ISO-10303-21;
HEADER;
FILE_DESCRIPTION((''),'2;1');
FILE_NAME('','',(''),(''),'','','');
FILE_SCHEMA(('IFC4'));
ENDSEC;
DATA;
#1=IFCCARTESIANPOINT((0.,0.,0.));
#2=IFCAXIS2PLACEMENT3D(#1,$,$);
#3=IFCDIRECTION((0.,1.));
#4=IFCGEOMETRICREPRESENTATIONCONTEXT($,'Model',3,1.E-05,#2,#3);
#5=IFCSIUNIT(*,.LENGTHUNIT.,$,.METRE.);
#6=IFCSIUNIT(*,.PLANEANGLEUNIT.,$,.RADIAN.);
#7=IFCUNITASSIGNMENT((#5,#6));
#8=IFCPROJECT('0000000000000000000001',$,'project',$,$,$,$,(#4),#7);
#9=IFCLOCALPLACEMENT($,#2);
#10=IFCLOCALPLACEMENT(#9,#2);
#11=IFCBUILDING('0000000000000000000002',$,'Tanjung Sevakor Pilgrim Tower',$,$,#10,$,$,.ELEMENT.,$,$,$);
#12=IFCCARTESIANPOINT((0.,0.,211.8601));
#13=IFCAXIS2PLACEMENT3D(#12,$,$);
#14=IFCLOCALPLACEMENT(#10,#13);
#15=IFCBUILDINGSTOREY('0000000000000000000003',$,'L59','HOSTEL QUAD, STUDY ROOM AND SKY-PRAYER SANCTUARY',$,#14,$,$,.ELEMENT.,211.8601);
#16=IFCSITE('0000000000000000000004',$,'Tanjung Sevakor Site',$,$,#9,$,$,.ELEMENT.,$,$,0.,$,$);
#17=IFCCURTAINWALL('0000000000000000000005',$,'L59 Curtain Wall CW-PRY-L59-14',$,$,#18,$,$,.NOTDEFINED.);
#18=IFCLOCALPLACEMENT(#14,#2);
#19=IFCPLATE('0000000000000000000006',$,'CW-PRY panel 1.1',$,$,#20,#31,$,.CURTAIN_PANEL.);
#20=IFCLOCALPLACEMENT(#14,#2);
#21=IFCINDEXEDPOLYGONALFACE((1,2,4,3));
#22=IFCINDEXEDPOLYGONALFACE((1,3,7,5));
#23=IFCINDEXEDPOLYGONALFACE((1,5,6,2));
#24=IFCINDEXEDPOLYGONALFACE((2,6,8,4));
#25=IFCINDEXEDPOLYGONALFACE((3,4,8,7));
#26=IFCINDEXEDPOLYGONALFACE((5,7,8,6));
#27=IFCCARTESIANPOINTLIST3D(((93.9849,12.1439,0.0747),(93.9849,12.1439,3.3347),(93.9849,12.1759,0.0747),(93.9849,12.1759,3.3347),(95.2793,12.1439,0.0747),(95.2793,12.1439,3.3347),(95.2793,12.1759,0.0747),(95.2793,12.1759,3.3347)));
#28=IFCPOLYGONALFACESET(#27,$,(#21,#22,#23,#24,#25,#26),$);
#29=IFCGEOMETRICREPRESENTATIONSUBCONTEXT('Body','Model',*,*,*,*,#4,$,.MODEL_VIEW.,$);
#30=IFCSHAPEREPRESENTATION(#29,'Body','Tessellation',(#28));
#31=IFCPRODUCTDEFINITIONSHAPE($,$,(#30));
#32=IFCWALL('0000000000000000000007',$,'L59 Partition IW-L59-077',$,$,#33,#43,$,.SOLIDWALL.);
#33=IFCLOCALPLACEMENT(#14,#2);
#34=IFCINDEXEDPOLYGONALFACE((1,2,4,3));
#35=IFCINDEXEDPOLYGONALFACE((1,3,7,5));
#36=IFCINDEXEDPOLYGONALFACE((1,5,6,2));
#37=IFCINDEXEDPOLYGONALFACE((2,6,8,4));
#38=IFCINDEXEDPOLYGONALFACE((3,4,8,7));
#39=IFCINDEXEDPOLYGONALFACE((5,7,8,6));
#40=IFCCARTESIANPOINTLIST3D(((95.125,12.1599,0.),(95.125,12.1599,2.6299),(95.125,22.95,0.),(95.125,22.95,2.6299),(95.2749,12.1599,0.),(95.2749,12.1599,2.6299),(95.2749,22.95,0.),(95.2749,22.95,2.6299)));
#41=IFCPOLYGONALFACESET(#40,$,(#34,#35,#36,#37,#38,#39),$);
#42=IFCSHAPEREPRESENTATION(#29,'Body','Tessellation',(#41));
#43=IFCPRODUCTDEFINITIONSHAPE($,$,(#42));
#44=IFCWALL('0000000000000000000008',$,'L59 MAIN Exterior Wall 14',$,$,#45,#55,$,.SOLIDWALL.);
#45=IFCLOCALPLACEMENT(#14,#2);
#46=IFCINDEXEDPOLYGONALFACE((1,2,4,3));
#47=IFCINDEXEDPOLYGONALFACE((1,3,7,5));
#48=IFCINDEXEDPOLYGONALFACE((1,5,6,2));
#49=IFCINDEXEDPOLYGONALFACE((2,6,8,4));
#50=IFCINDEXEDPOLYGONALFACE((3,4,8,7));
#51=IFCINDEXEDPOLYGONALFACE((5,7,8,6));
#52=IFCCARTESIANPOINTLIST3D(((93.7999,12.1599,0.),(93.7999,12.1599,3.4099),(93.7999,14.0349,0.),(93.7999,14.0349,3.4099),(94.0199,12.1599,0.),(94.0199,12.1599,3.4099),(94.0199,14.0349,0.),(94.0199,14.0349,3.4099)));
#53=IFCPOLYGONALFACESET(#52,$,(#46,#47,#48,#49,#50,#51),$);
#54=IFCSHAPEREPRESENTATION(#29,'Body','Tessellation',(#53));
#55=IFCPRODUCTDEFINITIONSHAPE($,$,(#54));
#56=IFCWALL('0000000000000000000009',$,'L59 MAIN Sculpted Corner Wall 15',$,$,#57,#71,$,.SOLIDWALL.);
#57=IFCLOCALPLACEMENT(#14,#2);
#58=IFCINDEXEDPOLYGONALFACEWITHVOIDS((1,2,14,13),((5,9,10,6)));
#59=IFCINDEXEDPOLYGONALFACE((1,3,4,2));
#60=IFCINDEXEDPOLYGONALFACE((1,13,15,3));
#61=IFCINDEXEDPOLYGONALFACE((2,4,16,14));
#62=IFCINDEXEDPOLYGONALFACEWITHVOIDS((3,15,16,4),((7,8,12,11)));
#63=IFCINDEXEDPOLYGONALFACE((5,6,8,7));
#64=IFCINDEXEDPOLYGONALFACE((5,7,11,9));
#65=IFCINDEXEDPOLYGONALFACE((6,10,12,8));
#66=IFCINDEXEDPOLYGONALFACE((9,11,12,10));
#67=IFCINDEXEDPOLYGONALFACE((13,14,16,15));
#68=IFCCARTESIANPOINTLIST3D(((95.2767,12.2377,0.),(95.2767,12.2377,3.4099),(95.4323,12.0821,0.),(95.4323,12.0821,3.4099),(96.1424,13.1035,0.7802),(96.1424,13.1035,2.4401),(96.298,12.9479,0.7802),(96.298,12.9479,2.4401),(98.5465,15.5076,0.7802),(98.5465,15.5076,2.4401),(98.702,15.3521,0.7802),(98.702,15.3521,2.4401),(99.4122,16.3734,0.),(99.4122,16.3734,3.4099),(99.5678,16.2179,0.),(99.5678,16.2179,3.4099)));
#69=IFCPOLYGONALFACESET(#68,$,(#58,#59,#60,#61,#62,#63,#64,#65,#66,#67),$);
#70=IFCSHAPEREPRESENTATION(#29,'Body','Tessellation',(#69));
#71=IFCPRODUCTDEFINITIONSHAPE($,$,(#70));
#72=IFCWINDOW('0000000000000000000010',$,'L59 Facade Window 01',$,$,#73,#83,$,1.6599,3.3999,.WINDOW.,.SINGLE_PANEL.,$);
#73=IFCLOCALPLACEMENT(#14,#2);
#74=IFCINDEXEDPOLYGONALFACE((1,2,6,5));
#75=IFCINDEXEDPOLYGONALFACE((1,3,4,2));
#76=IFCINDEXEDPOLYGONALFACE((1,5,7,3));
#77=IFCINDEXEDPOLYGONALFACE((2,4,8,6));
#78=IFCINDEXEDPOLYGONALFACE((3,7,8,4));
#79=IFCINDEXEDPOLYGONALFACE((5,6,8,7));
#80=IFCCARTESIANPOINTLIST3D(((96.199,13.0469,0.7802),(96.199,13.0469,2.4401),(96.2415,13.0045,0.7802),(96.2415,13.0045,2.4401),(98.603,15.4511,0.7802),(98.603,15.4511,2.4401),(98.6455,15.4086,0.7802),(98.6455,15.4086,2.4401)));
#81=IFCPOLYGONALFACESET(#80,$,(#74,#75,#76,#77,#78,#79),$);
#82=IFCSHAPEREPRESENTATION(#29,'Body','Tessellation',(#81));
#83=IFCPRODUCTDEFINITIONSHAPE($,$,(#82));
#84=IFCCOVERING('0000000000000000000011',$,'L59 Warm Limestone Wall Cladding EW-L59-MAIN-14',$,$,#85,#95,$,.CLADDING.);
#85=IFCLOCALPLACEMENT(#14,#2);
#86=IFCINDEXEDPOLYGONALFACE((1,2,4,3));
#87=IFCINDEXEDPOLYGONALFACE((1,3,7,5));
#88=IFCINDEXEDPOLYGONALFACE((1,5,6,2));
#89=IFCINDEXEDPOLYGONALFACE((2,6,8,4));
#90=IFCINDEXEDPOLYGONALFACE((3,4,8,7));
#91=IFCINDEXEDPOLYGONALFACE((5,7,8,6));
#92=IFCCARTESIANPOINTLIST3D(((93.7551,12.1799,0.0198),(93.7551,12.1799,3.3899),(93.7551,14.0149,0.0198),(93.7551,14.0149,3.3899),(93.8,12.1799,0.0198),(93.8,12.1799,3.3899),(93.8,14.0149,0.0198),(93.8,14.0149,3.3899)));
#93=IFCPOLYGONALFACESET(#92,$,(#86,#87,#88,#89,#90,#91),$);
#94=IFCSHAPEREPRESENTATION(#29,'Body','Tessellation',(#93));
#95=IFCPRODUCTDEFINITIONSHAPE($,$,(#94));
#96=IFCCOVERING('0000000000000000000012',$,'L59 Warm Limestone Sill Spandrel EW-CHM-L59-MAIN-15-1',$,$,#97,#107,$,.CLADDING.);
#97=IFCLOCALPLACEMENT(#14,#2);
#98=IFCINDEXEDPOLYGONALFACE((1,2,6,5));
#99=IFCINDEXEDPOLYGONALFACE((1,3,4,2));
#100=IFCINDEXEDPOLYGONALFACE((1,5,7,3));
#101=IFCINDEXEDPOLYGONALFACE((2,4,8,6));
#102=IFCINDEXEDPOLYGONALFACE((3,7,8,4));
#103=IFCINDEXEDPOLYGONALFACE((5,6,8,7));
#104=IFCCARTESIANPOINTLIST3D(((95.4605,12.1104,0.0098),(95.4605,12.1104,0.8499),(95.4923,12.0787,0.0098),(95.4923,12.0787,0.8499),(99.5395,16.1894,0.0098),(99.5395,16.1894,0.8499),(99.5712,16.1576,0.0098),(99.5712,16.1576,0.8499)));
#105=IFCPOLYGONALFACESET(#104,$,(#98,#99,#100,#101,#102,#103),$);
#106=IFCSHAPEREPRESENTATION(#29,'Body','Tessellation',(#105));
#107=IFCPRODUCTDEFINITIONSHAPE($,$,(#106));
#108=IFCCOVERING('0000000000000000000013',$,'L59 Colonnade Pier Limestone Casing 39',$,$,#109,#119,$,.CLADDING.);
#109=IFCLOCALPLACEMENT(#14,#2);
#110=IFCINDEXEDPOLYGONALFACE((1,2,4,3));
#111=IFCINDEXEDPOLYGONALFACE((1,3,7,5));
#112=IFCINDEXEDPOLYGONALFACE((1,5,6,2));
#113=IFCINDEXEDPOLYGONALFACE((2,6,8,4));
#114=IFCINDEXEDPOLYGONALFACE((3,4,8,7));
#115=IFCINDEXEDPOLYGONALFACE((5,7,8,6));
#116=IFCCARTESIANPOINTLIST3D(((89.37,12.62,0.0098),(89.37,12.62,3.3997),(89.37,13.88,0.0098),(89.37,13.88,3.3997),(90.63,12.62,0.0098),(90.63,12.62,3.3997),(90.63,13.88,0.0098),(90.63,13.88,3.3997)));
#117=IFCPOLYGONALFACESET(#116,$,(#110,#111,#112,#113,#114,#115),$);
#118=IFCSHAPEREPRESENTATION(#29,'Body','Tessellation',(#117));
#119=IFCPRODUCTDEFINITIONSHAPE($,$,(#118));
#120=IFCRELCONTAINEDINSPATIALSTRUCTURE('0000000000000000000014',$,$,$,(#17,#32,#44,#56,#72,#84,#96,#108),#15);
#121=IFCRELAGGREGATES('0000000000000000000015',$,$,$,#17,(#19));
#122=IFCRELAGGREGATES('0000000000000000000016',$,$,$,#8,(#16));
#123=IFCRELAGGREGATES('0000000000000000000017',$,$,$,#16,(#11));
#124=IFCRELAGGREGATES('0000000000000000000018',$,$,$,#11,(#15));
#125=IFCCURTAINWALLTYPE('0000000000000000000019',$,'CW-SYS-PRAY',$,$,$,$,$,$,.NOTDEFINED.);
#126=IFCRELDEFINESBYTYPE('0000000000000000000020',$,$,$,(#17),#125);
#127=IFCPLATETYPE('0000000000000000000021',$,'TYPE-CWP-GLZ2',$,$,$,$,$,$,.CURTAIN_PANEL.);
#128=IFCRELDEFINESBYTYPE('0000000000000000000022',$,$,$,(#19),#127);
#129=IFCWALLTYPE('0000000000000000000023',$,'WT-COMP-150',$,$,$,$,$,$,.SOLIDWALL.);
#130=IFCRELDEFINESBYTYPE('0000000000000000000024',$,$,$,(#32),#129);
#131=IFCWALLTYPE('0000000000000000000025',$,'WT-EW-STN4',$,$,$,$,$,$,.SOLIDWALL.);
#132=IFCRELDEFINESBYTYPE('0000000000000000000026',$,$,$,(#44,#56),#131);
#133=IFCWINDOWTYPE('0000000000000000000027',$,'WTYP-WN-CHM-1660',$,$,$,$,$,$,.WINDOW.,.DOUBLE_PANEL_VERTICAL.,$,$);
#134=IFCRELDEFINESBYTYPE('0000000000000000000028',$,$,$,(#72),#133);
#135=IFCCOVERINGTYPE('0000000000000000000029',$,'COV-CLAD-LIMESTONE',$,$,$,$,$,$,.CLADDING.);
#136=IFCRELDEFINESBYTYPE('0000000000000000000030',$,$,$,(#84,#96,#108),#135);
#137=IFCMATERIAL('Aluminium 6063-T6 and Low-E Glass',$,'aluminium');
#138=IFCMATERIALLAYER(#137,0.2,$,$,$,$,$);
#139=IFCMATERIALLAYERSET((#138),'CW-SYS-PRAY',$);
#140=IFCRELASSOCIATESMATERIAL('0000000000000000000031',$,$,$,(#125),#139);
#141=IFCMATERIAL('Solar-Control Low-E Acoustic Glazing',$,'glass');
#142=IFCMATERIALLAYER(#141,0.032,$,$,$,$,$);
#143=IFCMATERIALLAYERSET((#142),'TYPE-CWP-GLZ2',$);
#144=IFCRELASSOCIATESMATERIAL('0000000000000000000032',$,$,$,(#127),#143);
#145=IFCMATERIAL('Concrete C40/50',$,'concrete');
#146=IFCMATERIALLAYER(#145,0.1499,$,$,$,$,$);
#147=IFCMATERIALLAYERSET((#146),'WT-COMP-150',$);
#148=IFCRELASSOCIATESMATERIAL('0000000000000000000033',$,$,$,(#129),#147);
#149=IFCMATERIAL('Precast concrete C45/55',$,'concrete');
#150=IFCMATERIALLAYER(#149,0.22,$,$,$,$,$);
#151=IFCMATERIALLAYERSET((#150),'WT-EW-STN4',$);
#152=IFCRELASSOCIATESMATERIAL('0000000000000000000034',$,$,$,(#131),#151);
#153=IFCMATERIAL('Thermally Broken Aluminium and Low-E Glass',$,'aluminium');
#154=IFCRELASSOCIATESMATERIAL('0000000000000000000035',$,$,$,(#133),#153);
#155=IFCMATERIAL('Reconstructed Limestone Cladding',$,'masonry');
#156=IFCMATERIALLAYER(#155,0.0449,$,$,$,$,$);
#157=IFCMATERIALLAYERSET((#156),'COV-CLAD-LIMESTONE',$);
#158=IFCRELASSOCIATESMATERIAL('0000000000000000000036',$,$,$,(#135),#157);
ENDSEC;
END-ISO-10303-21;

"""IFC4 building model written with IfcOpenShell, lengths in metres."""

from ifc_helpers import new_model, si_unit, direction, frame, frame_2d, origin, origin_2d, place, context, subcontext, project, spatial, rectangle, extrude, material, layer, layer_set, type_object, element, fill, aggregate, save


model = new_model("IFC4")

# Units and contexts
model_context = context("Model", 3, precision=1e-05, world=origin(), true_north=direction((0.0, 1.0)))
body_context = subcontext(model_context, "Body", "Model", "MODEL_VIEW")
ifc_project = project(units=[si_unit("LENGTHUNIT", "METRE"), si_unit("PLANEANGLEUNIT", "RADIAN")], contexts=[model_context])

# Site, building, storey
site_placement = place(None, origin())
site = spatial("IfcSite", under=ifc_project, at=site_placement, Name="Tanjung Sevakor Site", CompositionType="ELEMENT", RefElevation=0.0)
building_placement = place(site_placement, origin())
building = spatial("IfcBuilding", under=site, at=building_placement, Name="Tanjung Sevakor Pilgrim Tower", CompositionType="ELEMENT")
storey_placement = place(building_placement, frame((0.0, 0.0, 211.8601)))
storey = spatial("IfcBuildingStorey", under=building, at=storey_placement, Name="L59", Description="HOSTEL QUAD, STUDY ROOM AND SKY-PRAYER SANCTUARY", CompositionType="ELEMENT", Elevation=211.8601)

# Shared definitions
ifc_material_1 = material(Name="Aluminium 6063-T6 and Low-E Glass", Category="aluminium")
ifc_layer_1 = layer(ifc_material_1, 0.2)
ifc_layer_set_1 = layer_set([ifc_layer_1], Name="CW-SYS-PRAY")
curtain_wall_type = type_object("IfcCurtainWallType", Name="CW-SYS-PRAY", PredefinedType="NOTDEFINED", material=ifc_layer_set_1)

# Curtain wall
curtain_wall_1_placement = place(storey_placement, origin())
curtain_wall_1 = element("IfcCurtainWall", 1, at=curtain_wall_1_placement, inside=storey, type_object=curtain_wall_type, Name="L59 Curtain Wall CW-PRY-L59-14", PredefinedType="NOTDEFINED")

# Plate
ifc_material_2 = material(Name="Solar-Control Low-E Acoustic Glazing", Category="glass")
ifc_layer_2 = layer(ifc_material_2, 0.032)
ifc_layer_set_2 = layer_set([ifc_layer_2], Name="TYPE-CWP-GLZ2")
plate_type = type_object("IfcPlateType", Name="TYPE-CWP-GLZ2", PredefinedType="CURTAIN_PANEL", material=ifc_layer_set_2)
plate_1_placement = place(storey_placement, frame((94.6321, 12.1599, 0.0747), z_axis=(0.0, 0.0, 1.0), x_axis=(1.0, 0.0, 0.0)))
plate_1 = element("IfcPlate", 2, at=plate_1_placement, type_object=plate_type, Name="CW-PRY panel 1.1", PredefinedType="CURTAIN_PANEL", context=body_context, shape_type="SweptSolid", body=[
    extrude(rectangle(XDim=1.2944, YDim=0.032, at=origin_2d()), origin(), (0.0, 0.0, 1.0), 3.26),
])
aggregate(curtain_wall_1, [plate_1])

# Walls
ifc_material_3 = material(Name="Concrete C40/50", Category="concrete")
ifc_layer_3 = layer(ifc_material_3, 0.1499)
ifc_layer_set_3 = layer_set([ifc_layer_3], Name="WT-COMP-150")
wall_type_1 = type_object("IfcWallType", Name="WT-COMP-150", PredefinedType="SOLIDWALL", material=ifc_layer_set_3)
wall_1_placement = place(storey_placement, frame((95.2, 12.1599, 0.0), z_axis=(0.0, 0.0, 1.0), x_axis=(0.0, 1.0, 0.0)))
element("IfcWall", 3, at=wall_1_placement, inside=storey, type_object=wall_type_1, Name="L59 Partition IW-L59-077", PredefinedType="SOLIDWALL", context=body_context, shape_type="SweptSolid", body=[
    extrude(rectangle(XDim=10.79, YDim=0.1499, at=frame_2d((5.395, 0.0))), origin(), (0.0, 0.0, 1.0), 2.6299),
])
ifc_material_4 = material(Name="Precast concrete C45/55", Category="concrete")
ifc_layer_4 = layer(ifc_material_4, 0.22)
ifc_layer_set_4 = layer_set([ifc_layer_4], Name="WT-EW-STN4")
wall_type_2 = type_object("IfcWallType", Name="WT-EW-STN4", PredefinedType="SOLIDWALL", material=ifc_layer_set_4)
wall_2_placement = place(storey_placement, frame((93.9099, 14.0349, 0.0), z_axis=(0.0, 0.0, 1.0), x_axis=(0.0, -1.0, 0.0)))
element("IfcWall", 4, at=wall_2_placement, inside=storey, type_object=wall_type_2, Name="L59 MAIN Exterior Wall 14", PredefinedType="SOLIDWALL", context=body_context, shape_type="SweptSolid", body=[
    extrude(rectangle(XDim=1.875, YDim=0.22, at=frame_2d((0.9375, 0.0))), origin(), (0.0, 0.0, 1.0), 3.4099),
])

# Wall, opening, window
wall_3_placement = place(storey_placement, frame((95.3545, 12.1599, 0.0), z_axis=(0.0, 0.0, 1.0), x_axis=(0.707086, 0.707128, 0.0)))
wall_3 = element("IfcWall", 5, at=wall_3_placement, inside=storey, type_object=wall_type_2, Name="L59 MAIN Sculpted Corner Wall 15", PredefinedType="SOLIDWALL", context=body_context, shape_type="SweptSolid", body=[
    extrude(rectangle(XDim=5.8486, YDim=0.22, at=frame_2d((2.9243, 0.0))), origin(), (0.0, 0.0, 1.0), 3.4099),
])
opening_placement = place(wall_3_placement, frame((1.2244, 0.0, 0.78)))
opening = element("IfcOpeningElement", 6, at=opening_placement, cuts=wall_3, PredefinedType="OPENING", context=body_context, shape_type="SweptSolid", body=[
    extrude(rectangle(XDim=3.3999, YDim=1.6599, at=frame_2d((1.7, 0.8301))), frame((0.0, 0.1199, 0.0), z_axis=(0.0, -1.0, 0.0), x_axis=(1.0, 0.0, 0.0)), (0.0, 0.0, 1.0), 0.24),
])
ifc_material_5 = material(Name="Thermally Broken Aluminium and Low-E Glass", Category="aluminium")
window_type = type_object("IfcWindowType", Name="WTYP-WN-CHM-1660", PartitioningType="DOUBLE_PANEL_VERTICAL", PredefinedType="WINDOW", material=ifc_material_5)
window_placement = place(opening_placement, origin())
window = element("IfcWindow", 7, at=window_placement, inside=storey, type_object=window_type, Name="L59 Facade Window 01", OverallHeight=1.6599, OverallWidth=3.3999, PartitioningType="SINGLE_PANEL", PredefinedType="WINDOW", context=body_context, shape_type="SweptSolid", body=[
    extrude(rectangle(XDim=3.3999, YDim=1.6599, at=frame_2d((1.7, 0.8301))), frame((0.0, 0.03, 0.0), z_axis=(0.0, -1.0, 0.0), x_axis=(1.0, 0.0, 0.0)), (0.0, 0.0, 1.0), 0.0601),
])
fill(opening, window)

# Coverings
ifc_material_6 = material(Name="Reconstructed Limestone Cladding", Category="masonry")
ifc_layer_5 = layer(ifc_material_6, 0.0449)
ifc_layer_set_5 = layer_set([ifc_layer_5], Name="COV-CLAD-LIMESTONE")
covering_type = type_object("IfcCoveringType", Name="COV-CLAD-LIMESTONE", PredefinedType="CLADDING", material=ifc_layer_set_5)
covering_1_placement = place(storey_placement, frame((93.7776, 13.0974, 0.0198), z_axis=(0.0, 0.0, 1.0), x_axis=(0.0, -1.0, 0.0)))
element("IfcCovering", 8, at=covering_1_placement, inside=storey, type_object=covering_type, Name="L59 Warm Limestone Wall Cladding EW-L59-MAIN-14", PredefinedType="CLADDING", context=body_context, shape_type="SweptSolid", body=[
    extrude(rectangle(XDim=1.835, YDim=0.0449, at=origin_2d()), origin(), (0.0, 0.0, 1.0), 3.3701),
])
covering_2_placement = place(storey_placement, frame((97.5159, 14.134, 0.0098), z_axis=(0.0, 0.0, 1.0), x_axis=(0.707107, 0.707107, 0.0)))
element("IfcCovering", 9, at=covering_2_placement, inside=storey, type_object=covering_type, Name="L59 Warm Limestone Sill Spandrel EW-CHM-L59-MAIN-15-1", PredefinedType="CLADDING", context=body_context, shape_type="SweptSolid", body=[
    extrude(rectangle(XDim=5.7686, YDim=0.0449, at=origin_2d()), origin(), (0.0, 0.0, 1.0), 0.8401),
])
covering_3_placement = place(storey_placement, frame((90.0, 13.25, 0.0098), z_axis=(0.0, 0.0, 1.0), x_axis=(1.0, 0.0, 0.0)))
element("IfcCovering", 10, at=covering_3_placement, inside=storey, type_object=covering_type, Name="L59 Colonnade Pier Limestone Casing 39", PredefinedType="CLADDING", context=body_context, shape_type="SweptSolid", body=[
    extrude(rectangle(XDim=1.26, YDim=1.26, at=origin_2d()), origin(), (0.0, 0.0, 1.0), 3.3899),
])

save(model, "model.ifc")
